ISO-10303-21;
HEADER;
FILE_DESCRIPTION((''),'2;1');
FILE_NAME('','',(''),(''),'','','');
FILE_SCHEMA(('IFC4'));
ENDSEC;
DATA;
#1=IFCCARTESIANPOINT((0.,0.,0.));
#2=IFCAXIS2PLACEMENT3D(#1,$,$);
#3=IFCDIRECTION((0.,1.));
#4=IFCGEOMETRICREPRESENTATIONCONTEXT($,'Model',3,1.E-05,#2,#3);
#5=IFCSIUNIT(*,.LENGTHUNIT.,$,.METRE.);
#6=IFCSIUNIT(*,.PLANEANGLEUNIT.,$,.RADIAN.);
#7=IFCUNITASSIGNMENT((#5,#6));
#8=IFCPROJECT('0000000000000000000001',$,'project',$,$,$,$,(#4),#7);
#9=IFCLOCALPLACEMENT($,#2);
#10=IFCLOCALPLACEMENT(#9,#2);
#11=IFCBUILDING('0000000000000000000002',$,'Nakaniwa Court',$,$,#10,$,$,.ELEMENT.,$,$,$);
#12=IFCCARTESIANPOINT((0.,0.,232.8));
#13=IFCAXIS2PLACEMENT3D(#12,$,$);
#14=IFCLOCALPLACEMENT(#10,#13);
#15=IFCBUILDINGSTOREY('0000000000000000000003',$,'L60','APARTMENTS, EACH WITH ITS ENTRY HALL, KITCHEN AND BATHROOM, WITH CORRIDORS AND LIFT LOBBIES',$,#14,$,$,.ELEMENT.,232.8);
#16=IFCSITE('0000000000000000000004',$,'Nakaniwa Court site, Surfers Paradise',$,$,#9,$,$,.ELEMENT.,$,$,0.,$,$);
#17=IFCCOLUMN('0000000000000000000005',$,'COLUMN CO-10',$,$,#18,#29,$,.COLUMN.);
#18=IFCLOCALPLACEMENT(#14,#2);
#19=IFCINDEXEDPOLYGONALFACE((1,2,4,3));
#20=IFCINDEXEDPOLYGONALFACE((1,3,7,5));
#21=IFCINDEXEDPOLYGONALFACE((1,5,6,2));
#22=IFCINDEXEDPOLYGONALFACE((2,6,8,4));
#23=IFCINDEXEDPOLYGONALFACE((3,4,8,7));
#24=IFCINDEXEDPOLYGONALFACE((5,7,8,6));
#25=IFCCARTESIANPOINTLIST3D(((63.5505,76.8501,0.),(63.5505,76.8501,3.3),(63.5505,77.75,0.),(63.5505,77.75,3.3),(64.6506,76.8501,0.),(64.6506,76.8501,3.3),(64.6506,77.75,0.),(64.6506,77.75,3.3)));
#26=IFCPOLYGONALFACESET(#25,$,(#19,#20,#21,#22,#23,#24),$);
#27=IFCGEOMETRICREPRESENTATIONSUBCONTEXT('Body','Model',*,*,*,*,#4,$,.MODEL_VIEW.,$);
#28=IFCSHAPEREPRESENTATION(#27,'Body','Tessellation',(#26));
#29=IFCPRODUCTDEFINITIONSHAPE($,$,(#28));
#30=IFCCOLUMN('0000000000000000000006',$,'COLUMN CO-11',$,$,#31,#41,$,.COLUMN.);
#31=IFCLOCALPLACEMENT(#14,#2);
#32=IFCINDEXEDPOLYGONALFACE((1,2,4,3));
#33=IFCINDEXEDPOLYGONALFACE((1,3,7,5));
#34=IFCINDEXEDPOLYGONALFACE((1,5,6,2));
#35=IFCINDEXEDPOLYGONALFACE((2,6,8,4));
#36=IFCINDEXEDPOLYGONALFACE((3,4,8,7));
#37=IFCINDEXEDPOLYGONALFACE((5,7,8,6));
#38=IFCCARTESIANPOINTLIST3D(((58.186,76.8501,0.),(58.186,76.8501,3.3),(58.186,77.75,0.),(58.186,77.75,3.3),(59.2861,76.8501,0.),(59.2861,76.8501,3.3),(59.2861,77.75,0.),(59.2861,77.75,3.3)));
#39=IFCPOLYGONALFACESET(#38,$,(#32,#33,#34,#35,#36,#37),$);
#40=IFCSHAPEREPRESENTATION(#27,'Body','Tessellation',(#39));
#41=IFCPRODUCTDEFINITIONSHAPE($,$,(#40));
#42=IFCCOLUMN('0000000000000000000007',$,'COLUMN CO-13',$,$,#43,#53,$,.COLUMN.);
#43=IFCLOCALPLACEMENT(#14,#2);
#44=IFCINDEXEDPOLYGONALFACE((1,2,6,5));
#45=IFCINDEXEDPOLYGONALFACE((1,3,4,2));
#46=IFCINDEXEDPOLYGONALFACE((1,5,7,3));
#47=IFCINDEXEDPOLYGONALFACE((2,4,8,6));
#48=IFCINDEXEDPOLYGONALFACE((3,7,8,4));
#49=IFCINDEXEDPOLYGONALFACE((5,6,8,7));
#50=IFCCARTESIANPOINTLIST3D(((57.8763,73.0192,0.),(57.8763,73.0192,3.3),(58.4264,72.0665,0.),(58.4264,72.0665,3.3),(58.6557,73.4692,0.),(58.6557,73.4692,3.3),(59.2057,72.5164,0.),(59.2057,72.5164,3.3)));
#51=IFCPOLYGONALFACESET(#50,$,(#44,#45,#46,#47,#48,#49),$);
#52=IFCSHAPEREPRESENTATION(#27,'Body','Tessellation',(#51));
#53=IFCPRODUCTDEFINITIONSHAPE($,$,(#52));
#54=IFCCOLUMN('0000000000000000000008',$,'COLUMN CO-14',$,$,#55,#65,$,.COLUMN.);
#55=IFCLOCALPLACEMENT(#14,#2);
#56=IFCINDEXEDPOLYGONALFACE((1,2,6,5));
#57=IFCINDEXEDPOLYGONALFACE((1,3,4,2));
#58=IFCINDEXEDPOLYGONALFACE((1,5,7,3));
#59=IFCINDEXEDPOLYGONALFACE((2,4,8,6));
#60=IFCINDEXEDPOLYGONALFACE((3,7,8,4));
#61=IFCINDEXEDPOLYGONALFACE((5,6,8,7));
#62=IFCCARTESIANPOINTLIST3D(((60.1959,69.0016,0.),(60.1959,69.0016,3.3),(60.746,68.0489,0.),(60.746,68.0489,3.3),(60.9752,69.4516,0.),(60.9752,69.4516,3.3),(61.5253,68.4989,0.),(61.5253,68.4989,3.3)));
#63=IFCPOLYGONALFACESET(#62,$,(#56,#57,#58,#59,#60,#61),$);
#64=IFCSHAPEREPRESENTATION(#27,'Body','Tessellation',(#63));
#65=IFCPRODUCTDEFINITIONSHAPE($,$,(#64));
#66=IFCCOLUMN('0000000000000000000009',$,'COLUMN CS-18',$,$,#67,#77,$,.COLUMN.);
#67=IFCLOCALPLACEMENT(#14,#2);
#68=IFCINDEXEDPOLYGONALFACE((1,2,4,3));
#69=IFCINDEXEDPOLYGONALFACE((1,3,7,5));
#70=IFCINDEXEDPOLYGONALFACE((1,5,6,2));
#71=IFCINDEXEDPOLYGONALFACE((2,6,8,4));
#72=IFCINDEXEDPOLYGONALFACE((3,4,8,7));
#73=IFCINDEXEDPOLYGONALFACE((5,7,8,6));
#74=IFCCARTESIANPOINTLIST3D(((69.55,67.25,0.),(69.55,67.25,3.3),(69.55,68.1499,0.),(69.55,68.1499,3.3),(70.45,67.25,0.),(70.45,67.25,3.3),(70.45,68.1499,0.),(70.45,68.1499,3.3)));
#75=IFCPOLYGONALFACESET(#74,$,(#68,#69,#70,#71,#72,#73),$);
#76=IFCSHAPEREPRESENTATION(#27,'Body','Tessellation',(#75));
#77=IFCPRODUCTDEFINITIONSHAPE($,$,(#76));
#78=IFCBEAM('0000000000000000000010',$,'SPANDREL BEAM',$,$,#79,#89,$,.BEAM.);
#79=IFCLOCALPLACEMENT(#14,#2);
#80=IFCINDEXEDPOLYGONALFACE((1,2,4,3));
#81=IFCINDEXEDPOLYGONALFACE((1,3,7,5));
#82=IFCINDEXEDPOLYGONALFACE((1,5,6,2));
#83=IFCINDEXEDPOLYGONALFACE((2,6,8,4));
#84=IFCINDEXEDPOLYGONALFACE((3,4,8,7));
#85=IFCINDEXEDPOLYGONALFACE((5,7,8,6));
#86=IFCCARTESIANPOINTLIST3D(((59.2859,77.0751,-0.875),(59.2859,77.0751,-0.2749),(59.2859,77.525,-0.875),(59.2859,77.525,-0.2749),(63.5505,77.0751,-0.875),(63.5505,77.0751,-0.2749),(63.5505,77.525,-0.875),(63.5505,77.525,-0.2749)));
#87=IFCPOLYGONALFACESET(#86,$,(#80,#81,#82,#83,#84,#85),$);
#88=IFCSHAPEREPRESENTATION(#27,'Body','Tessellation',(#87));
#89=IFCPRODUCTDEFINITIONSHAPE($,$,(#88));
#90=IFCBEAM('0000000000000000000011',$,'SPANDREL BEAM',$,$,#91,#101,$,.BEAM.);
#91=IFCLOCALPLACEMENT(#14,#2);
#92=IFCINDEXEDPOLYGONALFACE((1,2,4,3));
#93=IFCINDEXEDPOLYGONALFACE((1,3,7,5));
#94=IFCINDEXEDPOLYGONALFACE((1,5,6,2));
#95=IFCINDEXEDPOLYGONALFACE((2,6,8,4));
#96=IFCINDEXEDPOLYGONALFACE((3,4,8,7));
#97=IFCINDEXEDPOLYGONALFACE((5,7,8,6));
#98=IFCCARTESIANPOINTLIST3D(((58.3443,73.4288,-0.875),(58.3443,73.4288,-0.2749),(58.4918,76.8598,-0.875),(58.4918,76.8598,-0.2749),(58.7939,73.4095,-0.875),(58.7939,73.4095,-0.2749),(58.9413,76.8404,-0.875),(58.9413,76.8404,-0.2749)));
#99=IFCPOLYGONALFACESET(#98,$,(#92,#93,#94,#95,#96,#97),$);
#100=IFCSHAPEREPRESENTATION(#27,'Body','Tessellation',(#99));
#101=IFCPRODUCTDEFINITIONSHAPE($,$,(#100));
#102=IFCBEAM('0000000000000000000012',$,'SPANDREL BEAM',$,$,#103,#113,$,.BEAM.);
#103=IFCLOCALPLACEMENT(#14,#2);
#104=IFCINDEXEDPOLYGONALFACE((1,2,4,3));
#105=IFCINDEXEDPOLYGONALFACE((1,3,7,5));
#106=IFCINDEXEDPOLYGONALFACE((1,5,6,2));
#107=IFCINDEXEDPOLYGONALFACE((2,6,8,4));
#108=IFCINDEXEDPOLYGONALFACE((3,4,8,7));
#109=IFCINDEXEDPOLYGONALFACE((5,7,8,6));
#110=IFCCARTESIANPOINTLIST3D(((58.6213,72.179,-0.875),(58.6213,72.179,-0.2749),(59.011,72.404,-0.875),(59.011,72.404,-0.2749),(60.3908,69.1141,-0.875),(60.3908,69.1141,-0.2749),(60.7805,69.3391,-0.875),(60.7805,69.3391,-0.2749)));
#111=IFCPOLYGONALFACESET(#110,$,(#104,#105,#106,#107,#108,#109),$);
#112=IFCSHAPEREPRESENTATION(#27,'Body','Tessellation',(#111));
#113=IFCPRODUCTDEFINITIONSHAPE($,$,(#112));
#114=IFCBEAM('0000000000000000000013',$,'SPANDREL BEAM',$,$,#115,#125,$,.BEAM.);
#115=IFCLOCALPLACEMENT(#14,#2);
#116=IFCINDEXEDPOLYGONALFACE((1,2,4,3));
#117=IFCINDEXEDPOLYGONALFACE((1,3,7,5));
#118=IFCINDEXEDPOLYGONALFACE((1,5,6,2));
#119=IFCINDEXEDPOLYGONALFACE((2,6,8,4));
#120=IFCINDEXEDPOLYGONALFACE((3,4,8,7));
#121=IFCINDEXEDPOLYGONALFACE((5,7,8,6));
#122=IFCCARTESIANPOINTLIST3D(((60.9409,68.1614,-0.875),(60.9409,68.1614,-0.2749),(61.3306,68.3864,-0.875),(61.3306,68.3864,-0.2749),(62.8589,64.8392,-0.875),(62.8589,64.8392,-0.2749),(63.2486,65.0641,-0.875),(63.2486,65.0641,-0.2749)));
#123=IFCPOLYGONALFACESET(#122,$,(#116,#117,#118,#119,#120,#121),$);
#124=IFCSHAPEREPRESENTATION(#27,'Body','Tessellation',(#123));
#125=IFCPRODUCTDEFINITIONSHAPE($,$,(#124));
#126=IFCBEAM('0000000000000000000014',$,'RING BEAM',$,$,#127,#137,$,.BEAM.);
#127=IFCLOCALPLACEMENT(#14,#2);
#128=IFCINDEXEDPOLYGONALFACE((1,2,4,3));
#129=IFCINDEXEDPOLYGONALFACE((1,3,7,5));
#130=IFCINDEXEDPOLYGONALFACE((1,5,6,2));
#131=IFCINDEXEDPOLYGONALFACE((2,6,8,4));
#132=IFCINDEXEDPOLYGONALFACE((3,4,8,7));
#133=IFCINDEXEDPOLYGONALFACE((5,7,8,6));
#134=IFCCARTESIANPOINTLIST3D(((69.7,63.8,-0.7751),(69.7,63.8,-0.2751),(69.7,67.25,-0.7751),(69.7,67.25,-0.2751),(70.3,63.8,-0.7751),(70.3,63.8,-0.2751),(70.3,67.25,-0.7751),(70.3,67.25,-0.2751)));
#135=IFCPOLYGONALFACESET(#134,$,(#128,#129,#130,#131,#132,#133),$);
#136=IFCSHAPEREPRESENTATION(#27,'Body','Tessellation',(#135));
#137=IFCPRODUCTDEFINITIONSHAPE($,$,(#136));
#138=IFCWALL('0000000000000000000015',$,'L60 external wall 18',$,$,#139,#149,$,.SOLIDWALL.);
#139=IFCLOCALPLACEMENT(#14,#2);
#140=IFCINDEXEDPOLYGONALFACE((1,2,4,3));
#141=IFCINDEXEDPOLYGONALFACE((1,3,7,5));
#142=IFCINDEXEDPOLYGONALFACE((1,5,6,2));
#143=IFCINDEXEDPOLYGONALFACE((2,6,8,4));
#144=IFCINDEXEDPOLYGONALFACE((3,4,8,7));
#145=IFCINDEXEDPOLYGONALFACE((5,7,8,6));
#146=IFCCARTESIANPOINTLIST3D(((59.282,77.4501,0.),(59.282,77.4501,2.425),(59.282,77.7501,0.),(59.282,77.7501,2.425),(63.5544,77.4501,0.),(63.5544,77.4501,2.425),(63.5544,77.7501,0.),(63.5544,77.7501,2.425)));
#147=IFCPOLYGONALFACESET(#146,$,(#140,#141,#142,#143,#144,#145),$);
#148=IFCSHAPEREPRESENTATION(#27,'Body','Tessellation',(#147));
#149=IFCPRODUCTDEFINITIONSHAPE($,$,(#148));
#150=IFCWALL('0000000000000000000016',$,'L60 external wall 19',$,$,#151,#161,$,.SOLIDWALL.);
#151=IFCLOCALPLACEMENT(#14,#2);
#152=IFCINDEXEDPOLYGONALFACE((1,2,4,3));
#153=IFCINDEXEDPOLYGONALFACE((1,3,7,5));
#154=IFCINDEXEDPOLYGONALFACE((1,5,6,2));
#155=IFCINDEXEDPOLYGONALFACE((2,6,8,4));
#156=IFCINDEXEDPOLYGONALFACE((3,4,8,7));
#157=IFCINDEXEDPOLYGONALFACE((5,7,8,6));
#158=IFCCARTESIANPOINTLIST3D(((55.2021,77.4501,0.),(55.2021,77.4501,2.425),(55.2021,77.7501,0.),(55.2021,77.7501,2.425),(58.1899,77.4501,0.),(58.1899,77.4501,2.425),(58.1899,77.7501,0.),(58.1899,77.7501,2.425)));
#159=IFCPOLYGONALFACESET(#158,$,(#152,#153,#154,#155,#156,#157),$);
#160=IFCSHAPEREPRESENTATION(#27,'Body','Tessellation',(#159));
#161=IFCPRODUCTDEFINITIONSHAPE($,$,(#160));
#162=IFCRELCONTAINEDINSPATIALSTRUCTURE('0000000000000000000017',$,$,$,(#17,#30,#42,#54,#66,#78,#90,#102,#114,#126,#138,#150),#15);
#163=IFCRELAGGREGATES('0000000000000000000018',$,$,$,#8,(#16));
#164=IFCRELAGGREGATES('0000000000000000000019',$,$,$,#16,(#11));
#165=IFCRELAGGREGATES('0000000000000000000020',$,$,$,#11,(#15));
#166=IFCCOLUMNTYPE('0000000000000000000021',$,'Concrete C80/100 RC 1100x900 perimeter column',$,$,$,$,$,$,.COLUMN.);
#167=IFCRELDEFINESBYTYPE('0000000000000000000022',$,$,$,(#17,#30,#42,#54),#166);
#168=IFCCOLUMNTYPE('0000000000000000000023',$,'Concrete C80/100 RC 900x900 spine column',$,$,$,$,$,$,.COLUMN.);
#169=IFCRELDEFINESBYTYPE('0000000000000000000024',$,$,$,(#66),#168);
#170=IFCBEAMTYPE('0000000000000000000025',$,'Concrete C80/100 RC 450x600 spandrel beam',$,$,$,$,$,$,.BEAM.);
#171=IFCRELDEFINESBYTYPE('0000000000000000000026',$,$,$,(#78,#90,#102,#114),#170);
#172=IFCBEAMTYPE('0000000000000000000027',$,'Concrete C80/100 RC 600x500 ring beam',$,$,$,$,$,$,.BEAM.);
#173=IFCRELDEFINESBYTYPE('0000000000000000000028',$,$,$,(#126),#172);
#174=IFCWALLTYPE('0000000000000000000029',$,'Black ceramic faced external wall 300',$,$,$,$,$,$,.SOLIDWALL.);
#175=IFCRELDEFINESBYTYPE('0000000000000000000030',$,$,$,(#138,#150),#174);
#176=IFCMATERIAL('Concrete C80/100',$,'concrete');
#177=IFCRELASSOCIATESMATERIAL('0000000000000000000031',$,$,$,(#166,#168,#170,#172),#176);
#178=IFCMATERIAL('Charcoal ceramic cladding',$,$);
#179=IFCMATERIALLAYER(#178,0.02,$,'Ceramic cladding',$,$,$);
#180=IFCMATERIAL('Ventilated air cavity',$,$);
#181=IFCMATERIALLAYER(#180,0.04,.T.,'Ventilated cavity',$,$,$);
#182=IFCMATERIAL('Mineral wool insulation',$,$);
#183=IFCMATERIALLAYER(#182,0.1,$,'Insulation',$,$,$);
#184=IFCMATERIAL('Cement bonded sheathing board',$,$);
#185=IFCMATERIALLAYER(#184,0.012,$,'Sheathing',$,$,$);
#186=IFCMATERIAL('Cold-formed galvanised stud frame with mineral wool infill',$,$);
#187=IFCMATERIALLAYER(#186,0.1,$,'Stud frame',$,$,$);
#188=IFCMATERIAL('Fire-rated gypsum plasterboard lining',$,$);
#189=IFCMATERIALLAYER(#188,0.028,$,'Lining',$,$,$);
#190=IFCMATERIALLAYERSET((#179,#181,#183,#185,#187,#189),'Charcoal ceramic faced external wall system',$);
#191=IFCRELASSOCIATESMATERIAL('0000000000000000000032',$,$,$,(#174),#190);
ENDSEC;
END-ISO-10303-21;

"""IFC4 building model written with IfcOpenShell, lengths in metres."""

from ifc_helpers import new_model, si_unit, direction, frame, frame_2d, origin, origin_2d, place, context, subcontext, project, spatial, rectangle, extrude, material, layer, layer_set, material_profile, profile_set, type_object, element, save


model = new_model("IFC4")

# Units and contexts
model_context = context("Model", 3, precision=1e-05, world=origin(), true_north=direction((0.0, 1.0)))
body_context = subcontext(model_context, "Body", "Model", "MODEL_VIEW")
ifc_project = project(units=[si_unit("LENGTHUNIT", "METRE"), si_unit("PLANEANGLEUNIT", "RADIAN")], contexts=[model_context])

# Site, building, storey
site_placement = place(None, origin())
site = spatial("IfcSite", under=ifc_project, at=site_placement, Name="Nakaniwa Court site, Surfers Paradise", CompositionType="ELEMENT", RefElevation=0.0)
building_placement = place(site_placement, origin())
building = spatial("IfcBuilding", under=site, at=building_placement, Name="Nakaniwa Court", CompositionType="ELEMENT")
storey_placement = place(building_placement, frame((0.0, 0.0, 232.8)))
storey = spatial("IfcBuildingStorey", under=building, at=storey_placement, Name="L60", Description="APARTMENTS, EACH WITH ITS ENTRY HALL, KITCHEN AND BATHROOM, WITH CORRIDORS AND LIFT LOBBIES", CompositionType="ELEMENT", Elevation=232.8)

# Columns
ifc_material_1 = material(Name="Concrete C80/100", Category="concrete")
ifc_material_profile_1 = material_profile(ifc_material_1, rectangle(XDim=1.1001, YDim=0.8999, at=origin_2d()), Name="Concrete C80/100 RC 1100x900 perimeter column")
ifc_profile_set_1 = profile_set([ifc_material_profile_1], Name="Concrete C80/100")
column_type_1 = type_object("IfcColumnType", Name="Concrete C80/100 RC 1100x900 perimeter column", PredefinedType="COLUMN", material=ifc_profile_set_1)
for number, where, z_axis, x_axis, name in (
    (1, (64.1006, 77.3, 0.0), (0.0, 0.0, 1.0), (-1.0, 0.0, 0.0), "COLUMN CO-10"),
    (2, (58.7361, 77.3, 0.0), (0.0, 0.0, 1.0), (-1.0, 0.0, 0.0), "COLUMN CO-11"),
    (3, (58.541, 72.7678, 0.0), (0.0, 0.0, 1.0), (0.5, -0.866025, 0.0), "COLUMN CO-13"),
    (4, (60.8606, 68.7502, 0.0), (0.0, 0.0, 1.0), (0.5, -0.866025, 0.0), "COLUMN CO-14"),
):
    element("IfcColumn", number, at=place(storey_placement, frame(where, z_axis=z_axis, x_axis=x_axis)), inside=storey, type_object=column_type_1, Name=name, PredefinedType="COLUMN", context=body_context, shape_type="SweptSolid", body=[
        extrude(rectangle(XDim=1.1001, YDim=0.8999, at=origin_2d()), origin(), (0.0, 0.0, 1.0), 3.3),
    ])
ifc_material_profile_2 = material_profile(ifc_material_1, rectangle(XDim=0.8999, YDim=0.8999, at=origin_2d()), Name="Concrete C80/100 RC 900x900 spine column")
ifc_profile_set_2 = profile_set([ifc_material_profile_2], Name="Concrete C80/100")
column_type_2 = type_object("IfcColumnType", Name="Concrete C80/100 RC 900x900 spine column", PredefinedType="COLUMN", material=ifc_profile_set_2)
column_placement = place(storey_placement, frame((70.0, 67.7, 0.0), z_axis=(0.0, 0.0, 1.0), x_axis=(0.0, -1.0, 0.0)))
element("IfcColumn", 5, at=column_placement, inside=storey, type_object=column_type_2, Name="COLUMN CS-18", PredefinedType="COLUMN", context=body_context, shape_type="SweptSolid", body=[
    extrude(rectangle(XDim=0.8999, YDim=0.8999, at=origin_2d()), origin(), (0.0, 0.0, 1.0), 3.3),
])

# Beams
ifc_material_profile_3 = material_profile(ifc_material_1, rectangle(XDim=0.45, YDim=0.6001, at=origin_2d()), Name="Concrete C80/100 RC 450x600 spandrel beam")
ifc_profile_set_3 = profile_set([ifc_material_profile_3], Name="Concrete C80/100")
beam_type_1 = type_object("IfcBeamType", Name="Concrete C80/100 RC 450x600 spandrel beam", PredefinedType="BEAM", material=ifc_profile_set_3)
beam_1_placement = place(storey_placement, frame((63.5505, 77.3, -0.575), z_axis=(-1.0, 0.0, 0.0), x_axis=(0.0, -1.0, 0.0)))
element("IfcBeam", 6, at=beam_1_placement, inside=storey, type_object=beam_type_1, Name="SPANDREL BEAM", PredefinedType="BEAM", context=body_context, shape_type="SweptSolid", body=[
    extrude(rectangle(XDim=0.45, YDim=0.6001, at=origin_2d()), origin(), (0.0, 0.0, 1.0), 4.2646),
])
beam_2_placement = place(storey_placement, frame((58.7166, 76.8501, -0.575), z_axis=(-0.042941, -0.999078, 0.0), x_axis=(0.999078, -0.042941, 0.0)))
element("IfcBeam", 7, at=beam_2_placement, inside=storey, type_object=beam_type_1, Name="SPANDREL BEAM", PredefinedType="BEAM", context=body_context, shape_type="SweptSolid", body=[
    extrude(rectangle(XDim=0.45, YDim=0.6001, at=origin_2d()), origin(), (0.0, 0.0, 1.0), 3.4341),
])
beam_3_placement = place(storey_placement, frame((58.8162, 72.2915, -0.575), z_axis=(0.499997, -0.866027, 0.0), x_axis=(0.866027, 0.499997, 0.0)))
element("IfcBeam", 8, at=beam_3_placement, inside=storey, type_object=beam_type_1, Name="SPANDREL BEAM", PredefinedType="BEAM", context=body_context, shape_type="SweptSolid", body=[
    extrude(rectangle(XDim=0.45, YDim=0.6001, at=origin_2d()), origin(), (0.0, 0.0, 1.0), 3.5391),
])
beam_4_placement = place(storey_placement, frame((61.1357, 68.2739, -0.575), z_axis=(0.499972, -0.866041, 0.0), x_axis=(0.866041, 0.499972, 0.0)))
element("IfcBeam", 9, at=beam_4_placement, inside=storey, type_object=beam_type_1, Name="SPANDREL BEAM", PredefinedType="BEAM", context=body_context, shape_type="SweptSolid", body=[
    extrude(rectangle(XDim=0.45, YDim=0.6001, at=origin_2d()), origin(), (0.0, 0.0, 1.0), 3.8362),
])
ifc_material_profile_4 = material_profile(ifc_material_1, rectangle(XDim=0.6001, YDim=0.5, at=origin_2d()), Name="Concrete C80/100 RC 600x500 ring beam")
ifc_profile_set_4 = profile_set([ifc_material_profile_4], Name="Concrete C80/100")
beam_type_2 = type_object("IfcBeamType", Name="Concrete C80/100 RC 600x500 ring beam", PredefinedType="BEAM", material=ifc_profile_set_4)
beam_5_placement = place(storey_placement, frame((70.0, 67.25, -0.5251), z_axis=(0.0, -1.0, 0.0), x_axis=(1.0, 0.0, 0.0)))
element("IfcBeam", 10, at=beam_5_placement, inside=storey, type_object=beam_type_2, Name="RING BEAM", PredefinedType="BEAM", context=body_context, shape_type="SweptSolid", body=[
    extrude(rectangle(XDim=0.6001, YDim=0.5, at=origin_2d()), origin(), (0.0, 0.0, 1.0), 3.45),
])

# Walls
ifc_material_2 = material(Name="Charcoal ceramic cladding")
ifc_layer_1 = layer(ifc_material_2, 0.02, Name="Ceramic cladding")
ifc_material_3 = material(Name="Ventilated air cavity")
ifc_layer_2 = layer(ifc_material_3, 0.04, ventilated=True, Name="Ventilated cavity")
ifc_material_4 = material(Name="Mineral wool insulation")
ifc_layer_3 = layer(ifc_material_4, 0.1, Name="Insulation")
ifc_material_5 = material(Name="Cement bonded sheathing board")
ifc_layer_4 = layer(ifc_material_5, 0.012, Name="Sheathing")
ifc_material_6 = material(Name="Cold-formed galvanised stud frame with mineral wool infill")
ifc_layer_5 = layer(ifc_material_6, 0.1, Name="Stud frame")
ifc_material_7 = material(Name="Fire-rated gypsum plasterboard lining")
ifc_layer_6 = layer(ifc_material_7, 0.028, Name="Lining")
ifc_layer_set_1 = layer_set([ifc_layer_1, ifc_layer_2, ifc_layer_3, ifc_layer_4, ifc_layer_5, ifc_layer_6], Name="Charcoal ceramic faced external wall system")
wall_type_1 = type_object("IfcWallType", Name="Black ceramic faced external wall 300", PredefinedType="SOLIDWALL", material=ifc_layer_set_1)
wall_1_placement = place(storey_placement, frame((63.5544, 77.6001, 0.0), z_axis=(0.0, 0.0, 1.0), x_axis=(-1.0, 0.0, 0.0)))
element("IfcWall", 11, at=wall_1_placement, inside=storey, type_object=wall_type_1, Name="L60 external wall 18", PredefinedType="SOLIDWALL", context=body_context, shape_type="SweptSolid", body=[
    extrude(rectangle(XDim=4.2725, YDim=0.3, at=frame_2d((2.1362, 0.0))), origin(), (0.0, 0.0, 1.0), 2.425),
])
wall_2_placement = place(storey_placement, frame((58.1899, 77.6001, 0.0), z_axis=(0.0, 0.0, 1.0), x_axis=(-1.0, 0.0, 0.0)))
element("IfcWall", 12, at=wall_2_placement, inside=storey, type_object=wall_type_1, Name="L60 external wall 19", PredefinedType="SOLIDWALL", context=body_context, shape_type="SweptSolid", body=[
    extrude(rectangle(XDim=2.9878, YDim=0.3, at=frame_2d((1.4939, 0.0))), origin(), (0.0, 0.0, 1.0), 2.425),
])

save(model, "model.ifc")
